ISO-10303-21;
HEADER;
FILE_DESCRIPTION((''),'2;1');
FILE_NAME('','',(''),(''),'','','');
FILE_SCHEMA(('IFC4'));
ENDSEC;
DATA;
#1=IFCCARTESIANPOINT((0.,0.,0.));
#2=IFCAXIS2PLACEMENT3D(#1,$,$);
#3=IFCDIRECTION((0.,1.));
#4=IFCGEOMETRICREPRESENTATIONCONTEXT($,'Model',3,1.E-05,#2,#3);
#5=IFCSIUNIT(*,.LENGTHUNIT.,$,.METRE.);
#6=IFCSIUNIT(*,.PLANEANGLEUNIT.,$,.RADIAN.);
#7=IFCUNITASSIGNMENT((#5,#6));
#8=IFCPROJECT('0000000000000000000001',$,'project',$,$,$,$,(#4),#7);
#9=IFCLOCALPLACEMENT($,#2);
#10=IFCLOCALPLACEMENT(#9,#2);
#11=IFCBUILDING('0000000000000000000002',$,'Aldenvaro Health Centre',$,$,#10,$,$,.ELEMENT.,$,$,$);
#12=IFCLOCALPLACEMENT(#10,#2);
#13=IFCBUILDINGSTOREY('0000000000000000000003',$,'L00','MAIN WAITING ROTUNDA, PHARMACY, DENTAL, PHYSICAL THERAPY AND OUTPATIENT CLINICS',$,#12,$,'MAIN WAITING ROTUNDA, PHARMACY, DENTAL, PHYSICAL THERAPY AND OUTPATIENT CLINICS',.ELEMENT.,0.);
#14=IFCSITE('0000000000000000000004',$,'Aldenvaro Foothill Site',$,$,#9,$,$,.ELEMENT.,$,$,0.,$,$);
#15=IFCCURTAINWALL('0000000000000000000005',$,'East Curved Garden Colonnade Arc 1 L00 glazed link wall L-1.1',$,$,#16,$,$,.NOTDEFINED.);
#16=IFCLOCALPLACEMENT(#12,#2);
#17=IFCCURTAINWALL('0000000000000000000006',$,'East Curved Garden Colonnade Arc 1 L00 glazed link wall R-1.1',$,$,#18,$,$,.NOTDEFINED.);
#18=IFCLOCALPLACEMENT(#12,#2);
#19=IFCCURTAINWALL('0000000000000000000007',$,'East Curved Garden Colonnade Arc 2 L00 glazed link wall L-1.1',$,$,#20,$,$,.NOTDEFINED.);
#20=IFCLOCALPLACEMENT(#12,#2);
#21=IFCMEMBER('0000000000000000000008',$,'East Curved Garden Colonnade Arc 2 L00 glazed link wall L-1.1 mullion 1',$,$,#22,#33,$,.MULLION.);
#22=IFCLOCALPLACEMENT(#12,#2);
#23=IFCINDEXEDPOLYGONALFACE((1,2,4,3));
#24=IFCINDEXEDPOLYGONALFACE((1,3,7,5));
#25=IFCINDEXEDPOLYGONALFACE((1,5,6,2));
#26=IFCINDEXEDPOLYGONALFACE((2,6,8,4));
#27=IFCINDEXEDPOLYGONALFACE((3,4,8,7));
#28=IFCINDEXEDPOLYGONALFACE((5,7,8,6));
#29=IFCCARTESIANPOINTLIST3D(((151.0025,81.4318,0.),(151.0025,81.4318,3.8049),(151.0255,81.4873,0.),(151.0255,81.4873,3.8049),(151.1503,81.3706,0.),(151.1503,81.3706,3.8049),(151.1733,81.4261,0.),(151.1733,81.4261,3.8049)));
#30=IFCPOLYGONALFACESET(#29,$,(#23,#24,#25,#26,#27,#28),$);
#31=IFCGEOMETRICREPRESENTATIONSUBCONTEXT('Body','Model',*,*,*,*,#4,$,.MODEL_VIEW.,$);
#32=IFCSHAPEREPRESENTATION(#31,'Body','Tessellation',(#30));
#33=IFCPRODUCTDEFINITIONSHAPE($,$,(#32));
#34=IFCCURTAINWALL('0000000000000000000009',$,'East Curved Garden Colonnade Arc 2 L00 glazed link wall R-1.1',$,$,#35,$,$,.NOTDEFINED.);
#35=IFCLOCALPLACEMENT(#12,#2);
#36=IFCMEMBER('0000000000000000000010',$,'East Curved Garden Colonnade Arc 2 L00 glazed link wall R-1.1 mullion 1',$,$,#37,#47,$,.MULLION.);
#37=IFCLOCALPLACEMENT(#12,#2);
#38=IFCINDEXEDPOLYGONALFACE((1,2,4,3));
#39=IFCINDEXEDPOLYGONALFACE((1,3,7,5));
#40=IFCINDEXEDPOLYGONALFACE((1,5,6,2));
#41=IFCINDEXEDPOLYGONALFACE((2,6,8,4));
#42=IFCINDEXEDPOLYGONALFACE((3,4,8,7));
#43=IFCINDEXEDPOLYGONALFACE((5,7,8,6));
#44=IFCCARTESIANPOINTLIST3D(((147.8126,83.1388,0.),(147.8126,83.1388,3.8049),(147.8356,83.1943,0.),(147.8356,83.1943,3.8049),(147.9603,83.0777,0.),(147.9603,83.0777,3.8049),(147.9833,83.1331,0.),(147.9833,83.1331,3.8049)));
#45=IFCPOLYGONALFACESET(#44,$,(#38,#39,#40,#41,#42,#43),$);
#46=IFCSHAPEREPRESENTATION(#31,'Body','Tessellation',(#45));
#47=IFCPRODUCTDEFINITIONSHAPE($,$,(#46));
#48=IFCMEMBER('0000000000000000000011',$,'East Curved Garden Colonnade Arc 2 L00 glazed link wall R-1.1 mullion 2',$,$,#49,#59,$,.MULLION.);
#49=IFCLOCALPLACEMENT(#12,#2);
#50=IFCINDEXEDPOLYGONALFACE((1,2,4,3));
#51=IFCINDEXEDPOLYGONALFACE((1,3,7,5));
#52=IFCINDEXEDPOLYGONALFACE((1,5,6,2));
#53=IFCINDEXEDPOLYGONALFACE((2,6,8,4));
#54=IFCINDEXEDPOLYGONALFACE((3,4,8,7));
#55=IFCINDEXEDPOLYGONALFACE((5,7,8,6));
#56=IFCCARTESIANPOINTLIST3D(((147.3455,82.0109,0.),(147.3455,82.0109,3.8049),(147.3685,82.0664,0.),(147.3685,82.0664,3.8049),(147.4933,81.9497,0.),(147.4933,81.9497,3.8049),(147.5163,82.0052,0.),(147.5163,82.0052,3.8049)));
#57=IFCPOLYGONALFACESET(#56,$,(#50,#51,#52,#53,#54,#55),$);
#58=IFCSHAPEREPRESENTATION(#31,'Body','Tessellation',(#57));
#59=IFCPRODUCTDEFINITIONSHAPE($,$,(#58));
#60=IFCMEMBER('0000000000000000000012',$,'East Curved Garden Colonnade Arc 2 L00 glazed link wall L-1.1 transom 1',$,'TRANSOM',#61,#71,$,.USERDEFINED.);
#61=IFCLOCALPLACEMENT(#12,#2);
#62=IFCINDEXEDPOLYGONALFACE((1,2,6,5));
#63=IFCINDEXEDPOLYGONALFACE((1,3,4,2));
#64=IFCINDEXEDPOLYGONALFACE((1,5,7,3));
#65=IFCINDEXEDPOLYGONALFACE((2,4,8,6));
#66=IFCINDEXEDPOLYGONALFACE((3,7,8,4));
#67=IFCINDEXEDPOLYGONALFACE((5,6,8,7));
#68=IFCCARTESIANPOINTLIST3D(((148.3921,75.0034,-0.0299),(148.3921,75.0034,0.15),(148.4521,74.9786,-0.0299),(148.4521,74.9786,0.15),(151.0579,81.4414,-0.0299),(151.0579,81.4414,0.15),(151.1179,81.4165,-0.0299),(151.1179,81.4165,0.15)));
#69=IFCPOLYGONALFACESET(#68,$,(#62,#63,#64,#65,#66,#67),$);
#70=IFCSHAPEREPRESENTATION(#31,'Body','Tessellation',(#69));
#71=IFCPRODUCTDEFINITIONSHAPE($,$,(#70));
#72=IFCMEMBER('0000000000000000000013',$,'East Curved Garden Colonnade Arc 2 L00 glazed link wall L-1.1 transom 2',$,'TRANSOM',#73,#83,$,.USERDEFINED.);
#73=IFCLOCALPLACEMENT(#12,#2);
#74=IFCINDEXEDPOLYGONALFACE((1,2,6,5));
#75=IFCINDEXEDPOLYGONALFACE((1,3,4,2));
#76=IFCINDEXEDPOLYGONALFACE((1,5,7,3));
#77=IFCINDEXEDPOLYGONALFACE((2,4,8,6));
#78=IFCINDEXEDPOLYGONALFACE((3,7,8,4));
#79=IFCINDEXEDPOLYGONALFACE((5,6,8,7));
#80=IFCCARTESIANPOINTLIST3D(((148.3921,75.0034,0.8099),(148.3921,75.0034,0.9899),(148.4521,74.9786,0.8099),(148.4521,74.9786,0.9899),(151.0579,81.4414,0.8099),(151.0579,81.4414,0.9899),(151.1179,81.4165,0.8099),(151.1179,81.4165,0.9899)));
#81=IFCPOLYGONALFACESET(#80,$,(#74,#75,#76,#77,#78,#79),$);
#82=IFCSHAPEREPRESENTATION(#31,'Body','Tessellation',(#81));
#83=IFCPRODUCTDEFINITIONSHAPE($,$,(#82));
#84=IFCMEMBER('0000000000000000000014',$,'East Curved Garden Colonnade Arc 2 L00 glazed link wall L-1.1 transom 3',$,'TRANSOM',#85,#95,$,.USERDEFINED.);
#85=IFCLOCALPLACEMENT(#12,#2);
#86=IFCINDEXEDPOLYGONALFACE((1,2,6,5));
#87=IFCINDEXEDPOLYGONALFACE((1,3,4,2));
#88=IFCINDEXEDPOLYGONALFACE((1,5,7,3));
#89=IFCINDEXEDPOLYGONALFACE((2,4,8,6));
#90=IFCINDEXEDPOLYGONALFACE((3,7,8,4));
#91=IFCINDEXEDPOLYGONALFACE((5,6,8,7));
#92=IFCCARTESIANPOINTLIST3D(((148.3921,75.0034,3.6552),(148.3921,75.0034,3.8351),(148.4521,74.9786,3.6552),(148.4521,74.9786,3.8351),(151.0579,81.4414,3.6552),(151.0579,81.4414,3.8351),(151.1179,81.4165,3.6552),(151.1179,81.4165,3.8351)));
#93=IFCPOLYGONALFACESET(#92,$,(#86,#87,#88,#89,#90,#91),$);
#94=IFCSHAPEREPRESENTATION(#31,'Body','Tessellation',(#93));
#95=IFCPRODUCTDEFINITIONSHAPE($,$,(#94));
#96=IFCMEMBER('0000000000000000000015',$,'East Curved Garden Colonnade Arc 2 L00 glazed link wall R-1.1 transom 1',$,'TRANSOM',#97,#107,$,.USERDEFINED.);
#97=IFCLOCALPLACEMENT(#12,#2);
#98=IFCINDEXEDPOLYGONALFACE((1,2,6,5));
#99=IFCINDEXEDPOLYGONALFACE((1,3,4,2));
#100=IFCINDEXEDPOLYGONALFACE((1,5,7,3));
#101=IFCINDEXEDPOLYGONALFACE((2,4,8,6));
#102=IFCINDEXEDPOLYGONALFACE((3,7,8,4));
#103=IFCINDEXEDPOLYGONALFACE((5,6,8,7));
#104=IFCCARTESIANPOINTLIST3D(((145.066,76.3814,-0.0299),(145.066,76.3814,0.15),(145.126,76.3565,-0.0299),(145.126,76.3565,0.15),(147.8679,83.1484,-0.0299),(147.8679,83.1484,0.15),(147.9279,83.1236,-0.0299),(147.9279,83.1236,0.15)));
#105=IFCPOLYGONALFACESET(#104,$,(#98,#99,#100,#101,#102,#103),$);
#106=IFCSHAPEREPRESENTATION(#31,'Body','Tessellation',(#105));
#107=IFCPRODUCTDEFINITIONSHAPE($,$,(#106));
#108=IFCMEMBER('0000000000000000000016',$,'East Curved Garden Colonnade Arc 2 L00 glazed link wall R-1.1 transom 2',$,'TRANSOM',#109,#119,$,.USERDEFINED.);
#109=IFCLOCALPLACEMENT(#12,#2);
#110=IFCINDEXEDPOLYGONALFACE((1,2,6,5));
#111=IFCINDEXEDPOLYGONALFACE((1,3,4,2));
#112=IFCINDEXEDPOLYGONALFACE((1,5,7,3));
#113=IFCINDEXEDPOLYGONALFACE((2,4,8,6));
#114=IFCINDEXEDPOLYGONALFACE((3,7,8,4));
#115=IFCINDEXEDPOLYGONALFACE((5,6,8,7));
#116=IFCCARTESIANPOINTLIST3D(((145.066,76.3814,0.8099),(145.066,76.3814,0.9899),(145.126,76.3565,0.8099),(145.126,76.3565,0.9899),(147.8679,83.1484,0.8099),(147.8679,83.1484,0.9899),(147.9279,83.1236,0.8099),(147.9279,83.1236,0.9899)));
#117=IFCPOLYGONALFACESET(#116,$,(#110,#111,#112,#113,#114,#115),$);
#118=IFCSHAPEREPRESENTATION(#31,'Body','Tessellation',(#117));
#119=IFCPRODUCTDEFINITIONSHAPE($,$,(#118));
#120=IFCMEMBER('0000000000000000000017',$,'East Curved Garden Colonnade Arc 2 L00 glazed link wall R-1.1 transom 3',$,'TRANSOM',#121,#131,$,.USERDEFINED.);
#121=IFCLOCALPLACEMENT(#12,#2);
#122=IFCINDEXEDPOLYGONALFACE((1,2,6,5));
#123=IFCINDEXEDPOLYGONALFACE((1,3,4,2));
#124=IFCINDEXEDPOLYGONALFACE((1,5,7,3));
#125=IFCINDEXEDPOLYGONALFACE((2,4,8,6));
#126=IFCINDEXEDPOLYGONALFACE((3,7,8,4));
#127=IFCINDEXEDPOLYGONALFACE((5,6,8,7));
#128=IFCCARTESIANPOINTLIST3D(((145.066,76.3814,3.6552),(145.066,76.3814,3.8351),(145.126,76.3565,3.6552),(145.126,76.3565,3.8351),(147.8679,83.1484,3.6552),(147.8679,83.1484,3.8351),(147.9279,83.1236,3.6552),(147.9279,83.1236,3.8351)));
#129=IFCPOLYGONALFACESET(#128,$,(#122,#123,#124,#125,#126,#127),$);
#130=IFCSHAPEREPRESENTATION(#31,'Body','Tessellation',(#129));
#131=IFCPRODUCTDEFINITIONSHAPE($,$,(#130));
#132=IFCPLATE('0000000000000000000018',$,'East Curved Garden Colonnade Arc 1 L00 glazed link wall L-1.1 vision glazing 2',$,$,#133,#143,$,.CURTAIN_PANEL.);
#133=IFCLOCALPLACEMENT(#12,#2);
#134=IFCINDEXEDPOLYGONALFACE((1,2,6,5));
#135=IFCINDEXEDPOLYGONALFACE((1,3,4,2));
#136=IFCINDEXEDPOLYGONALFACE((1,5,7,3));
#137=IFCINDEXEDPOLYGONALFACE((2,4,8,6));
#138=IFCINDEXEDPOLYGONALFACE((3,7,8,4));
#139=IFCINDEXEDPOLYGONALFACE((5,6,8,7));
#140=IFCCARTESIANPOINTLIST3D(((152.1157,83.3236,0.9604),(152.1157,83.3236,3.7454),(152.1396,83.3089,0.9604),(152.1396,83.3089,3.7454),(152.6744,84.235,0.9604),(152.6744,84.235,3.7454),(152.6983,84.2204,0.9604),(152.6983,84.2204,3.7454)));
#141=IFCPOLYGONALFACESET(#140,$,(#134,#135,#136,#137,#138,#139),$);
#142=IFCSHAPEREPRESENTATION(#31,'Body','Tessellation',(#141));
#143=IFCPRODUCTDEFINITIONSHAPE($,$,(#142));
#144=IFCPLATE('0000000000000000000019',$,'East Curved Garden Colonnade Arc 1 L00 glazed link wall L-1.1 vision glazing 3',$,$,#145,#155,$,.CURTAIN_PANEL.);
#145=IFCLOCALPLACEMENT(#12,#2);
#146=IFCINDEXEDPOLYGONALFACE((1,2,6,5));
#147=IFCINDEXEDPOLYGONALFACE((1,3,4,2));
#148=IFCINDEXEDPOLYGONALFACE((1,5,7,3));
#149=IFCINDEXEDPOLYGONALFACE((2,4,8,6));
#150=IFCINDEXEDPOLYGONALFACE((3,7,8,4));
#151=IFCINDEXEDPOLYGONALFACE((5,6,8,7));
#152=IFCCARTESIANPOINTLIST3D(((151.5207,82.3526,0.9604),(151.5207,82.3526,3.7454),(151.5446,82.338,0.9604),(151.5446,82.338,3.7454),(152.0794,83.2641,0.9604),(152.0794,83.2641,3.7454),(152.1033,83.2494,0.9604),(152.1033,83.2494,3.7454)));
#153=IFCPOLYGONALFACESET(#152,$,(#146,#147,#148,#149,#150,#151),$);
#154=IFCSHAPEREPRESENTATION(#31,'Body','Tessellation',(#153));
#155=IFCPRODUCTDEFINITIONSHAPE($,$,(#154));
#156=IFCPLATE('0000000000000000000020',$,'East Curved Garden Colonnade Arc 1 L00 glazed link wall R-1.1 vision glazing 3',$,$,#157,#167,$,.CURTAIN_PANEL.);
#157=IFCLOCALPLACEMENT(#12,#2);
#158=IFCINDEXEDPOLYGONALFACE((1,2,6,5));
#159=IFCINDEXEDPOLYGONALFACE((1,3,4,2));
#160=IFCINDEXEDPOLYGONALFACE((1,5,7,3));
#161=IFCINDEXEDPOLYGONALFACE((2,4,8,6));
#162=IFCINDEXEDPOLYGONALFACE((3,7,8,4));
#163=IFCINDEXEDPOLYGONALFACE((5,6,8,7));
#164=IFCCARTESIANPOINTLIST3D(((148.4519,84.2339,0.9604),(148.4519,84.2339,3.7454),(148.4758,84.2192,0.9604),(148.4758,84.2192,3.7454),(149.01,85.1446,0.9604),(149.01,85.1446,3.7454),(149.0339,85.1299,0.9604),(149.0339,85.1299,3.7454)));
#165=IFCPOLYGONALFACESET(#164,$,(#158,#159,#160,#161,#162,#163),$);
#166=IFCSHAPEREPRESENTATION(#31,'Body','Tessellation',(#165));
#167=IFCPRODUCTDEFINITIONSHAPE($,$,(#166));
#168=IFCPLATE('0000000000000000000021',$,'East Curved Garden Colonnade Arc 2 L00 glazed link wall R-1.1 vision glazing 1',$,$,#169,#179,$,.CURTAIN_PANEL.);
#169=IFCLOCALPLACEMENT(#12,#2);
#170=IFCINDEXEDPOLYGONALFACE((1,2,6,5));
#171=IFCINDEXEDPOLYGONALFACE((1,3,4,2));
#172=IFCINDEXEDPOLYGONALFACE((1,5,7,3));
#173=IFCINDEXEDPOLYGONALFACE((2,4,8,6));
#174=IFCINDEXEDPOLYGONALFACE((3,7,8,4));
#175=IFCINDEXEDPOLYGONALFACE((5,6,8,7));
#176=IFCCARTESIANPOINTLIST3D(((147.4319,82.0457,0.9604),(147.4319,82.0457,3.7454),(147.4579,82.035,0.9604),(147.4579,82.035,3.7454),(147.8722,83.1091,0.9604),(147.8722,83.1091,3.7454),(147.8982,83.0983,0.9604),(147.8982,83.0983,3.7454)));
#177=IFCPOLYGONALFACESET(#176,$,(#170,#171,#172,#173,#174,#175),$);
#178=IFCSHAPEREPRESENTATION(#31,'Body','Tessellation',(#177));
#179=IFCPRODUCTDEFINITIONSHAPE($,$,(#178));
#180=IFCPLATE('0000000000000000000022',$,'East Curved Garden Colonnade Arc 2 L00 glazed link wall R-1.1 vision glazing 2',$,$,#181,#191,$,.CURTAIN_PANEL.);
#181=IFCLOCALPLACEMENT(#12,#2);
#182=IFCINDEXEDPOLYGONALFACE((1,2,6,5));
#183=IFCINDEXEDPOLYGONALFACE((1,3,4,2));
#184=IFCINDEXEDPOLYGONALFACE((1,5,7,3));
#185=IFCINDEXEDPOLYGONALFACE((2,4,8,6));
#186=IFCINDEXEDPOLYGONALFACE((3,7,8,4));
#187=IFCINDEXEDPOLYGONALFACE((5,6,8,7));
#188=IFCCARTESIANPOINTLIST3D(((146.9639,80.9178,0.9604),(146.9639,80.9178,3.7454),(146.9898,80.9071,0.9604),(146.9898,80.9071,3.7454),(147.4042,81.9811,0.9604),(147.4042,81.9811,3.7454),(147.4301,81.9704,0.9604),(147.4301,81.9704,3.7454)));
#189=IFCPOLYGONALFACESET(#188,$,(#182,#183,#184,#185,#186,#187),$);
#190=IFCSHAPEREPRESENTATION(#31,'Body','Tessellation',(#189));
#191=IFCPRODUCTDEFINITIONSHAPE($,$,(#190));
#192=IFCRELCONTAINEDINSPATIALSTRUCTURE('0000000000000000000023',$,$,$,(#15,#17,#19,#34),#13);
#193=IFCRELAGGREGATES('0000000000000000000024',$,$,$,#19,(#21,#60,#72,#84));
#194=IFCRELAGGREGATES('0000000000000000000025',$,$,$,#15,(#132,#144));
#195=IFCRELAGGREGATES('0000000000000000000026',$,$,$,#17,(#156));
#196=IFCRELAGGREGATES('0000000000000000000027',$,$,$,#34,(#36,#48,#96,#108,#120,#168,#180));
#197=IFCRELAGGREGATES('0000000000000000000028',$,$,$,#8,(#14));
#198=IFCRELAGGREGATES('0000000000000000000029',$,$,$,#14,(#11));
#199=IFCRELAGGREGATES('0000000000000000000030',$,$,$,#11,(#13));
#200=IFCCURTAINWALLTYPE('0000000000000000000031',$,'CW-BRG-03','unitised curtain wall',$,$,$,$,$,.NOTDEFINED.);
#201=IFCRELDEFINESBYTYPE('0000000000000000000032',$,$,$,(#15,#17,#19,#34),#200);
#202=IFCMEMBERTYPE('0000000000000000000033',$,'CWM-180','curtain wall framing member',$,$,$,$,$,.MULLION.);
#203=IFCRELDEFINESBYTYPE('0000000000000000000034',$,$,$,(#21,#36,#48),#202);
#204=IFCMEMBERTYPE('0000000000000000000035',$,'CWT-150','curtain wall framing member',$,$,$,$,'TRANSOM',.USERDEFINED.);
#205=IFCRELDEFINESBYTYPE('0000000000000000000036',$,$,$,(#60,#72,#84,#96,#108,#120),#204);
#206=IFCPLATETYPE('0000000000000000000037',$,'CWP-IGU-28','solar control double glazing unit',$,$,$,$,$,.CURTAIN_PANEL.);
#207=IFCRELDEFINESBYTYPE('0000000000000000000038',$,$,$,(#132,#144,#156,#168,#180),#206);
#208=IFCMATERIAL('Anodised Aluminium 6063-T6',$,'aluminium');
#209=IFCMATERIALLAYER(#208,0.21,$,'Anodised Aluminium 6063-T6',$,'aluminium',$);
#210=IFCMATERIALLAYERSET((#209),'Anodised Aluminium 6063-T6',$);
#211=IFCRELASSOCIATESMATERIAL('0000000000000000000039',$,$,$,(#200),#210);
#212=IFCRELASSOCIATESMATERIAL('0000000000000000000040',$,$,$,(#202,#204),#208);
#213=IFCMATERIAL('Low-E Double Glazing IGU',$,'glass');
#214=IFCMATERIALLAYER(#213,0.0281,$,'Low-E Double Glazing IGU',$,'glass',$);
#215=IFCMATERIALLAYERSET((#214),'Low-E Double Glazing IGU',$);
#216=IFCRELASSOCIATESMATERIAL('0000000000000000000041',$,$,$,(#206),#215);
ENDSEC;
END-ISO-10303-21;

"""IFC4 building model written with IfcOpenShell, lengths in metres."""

from ifc_helpers import new_model, si_unit, direction, frame, origin, origin_2d, place, context, subcontext, project, spatial, rectangle, extrude, material, layer, layer_set, material_profile, profile_set, type_object, element, aggregate, save


model = new_model("IFC4")

# Units and contexts
model_context = context("Model", 3, precision=1e-05, world=origin(), true_north=direction((0.0, 1.0)))
body_context = subcontext(model_context, "Body", "Model", "MODEL_VIEW")
ifc_project = project(units=[si_unit("LENGTHUNIT", "METRE"), si_unit("PLANEANGLEUNIT", "RADIAN")], contexts=[model_context])

# Site, building, storey
site_placement = place(None, origin())
site = spatial("IfcSite", under=ifc_project, at=site_placement, Name="Aldenvaro Foothill Site", CompositionType="ELEMENT", RefElevation=0.0)
building_placement = place(site_placement, origin())
building = spatial("IfcBuilding", under=site, at=building_placement, Name="Aldenvaro Health Centre", CompositionType="ELEMENT")
storey_placement = place(building_placement, origin())
storey = spatial("IfcBuildingStorey", under=building, at=storey_placement, Name="L00", Description="MAIN WAITING ROTUNDA, PHARMACY, DENTAL, PHYSICAL THERAPY AND OUTPATIENT CLINICS", LongName="MAIN WAITING ROTUNDA, PHARMACY, DENTAL, PHYSICAL THERAPY AND OUTPATIENT CLINICS", CompositionType="ELEMENT", Elevation=0.0)

# Curtain wall
ifc_material_1 = material(Name="Anodised Aluminium 6063-T6", Category="aluminium")
ifc_layer_1 = layer(ifc_material_1, 0.21, Name="Anodised Aluminium 6063-T6", Category="aluminium")
ifc_layer_set_1 = layer_set([ifc_layer_1], Name="Anodised Aluminium 6063-T6")
curtain_wall_type = type_object("IfcCurtainWallType", Name="CW-BRG-03", Description="unitised curtain wall", PredefinedType="NOTDEFINED", material=ifc_layer_set_1)
curtain_wall_1_placement = place(storey_placement, origin())
curtain_wall_1 = element("IfcCurtainWall", 1, at=curtain_wall_1_placement, inside=storey, type_object=curtain_wall_type, Name="East Curved Garden Colonnade Arc 1 L00 glazed link wall L-1.1", PredefinedType="NOTDEFINED")
ifc_material_profile_1 = material_profile(ifc_material_1, rectangle(XDim=0.0601, YDim=0.1599, at=origin_2d()), Name="ALU 60x160", Category="aluminium")
ifc_profile_set_1 = profile_set([ifc_material_profile_1], Name="Anodised Aluminium 6063-T6")
member_type_1 = type_object("IfcMemberType", Name="CWM-180", Description="curtain wall framing member", PredefinedType="MULLION", material=ifc_profile_set_1)

# Curtain walls, member
curtain_wall_2_placement = place(storey_placement, origin())
curtain_wall_2 = element("IfcCurtainWall", 2, at=curtain_wall_2_placement, inside=storey, type_object=curtain_wall_type, Name="East Curved Garden Colonnade Arc 1 L00 glazed link wall R-1.1", PredefinedType="NOTDEFINED")
curtain_wall_3_placement = place(storey_placement, origin())
curtain_wall_3 = element("IfcCurtainWall", 3, at=curtain_wall_3_placement, inside=storey, type_object=curtain_wall_type, Name="East Curved Garden Colonnade Arc 2 L00 glazed link wall L-1.1", PredefinedType="NOTDEFINED")
member_1_placement = place(storey_placement, frame((151.0879, 81.429, 0.0), z_axis=(0.0, 0.0, 1.0), x_axis=(-0.382597, -0.923915, 0.0)))
member_1 = element("IfcMember", 4, at=member_1_placement, type_object=member_type_1, Name="East Curved Garden Colonnade Arc 2 L00 glazed link wall L-1.1 mullion 1", PredefinedType="MULLION", context=body_context, shape_type="SweptSolid", body=[
    extrude(rectangle(XDim=0.0601, YDim=0.1599, at=origin_2d()), origin(), (0.0, 0.0, 1.0), 3.8049),
])

# Curtain wall, members
curtain_wall_4_placement = place(storey_placement, origin())
curtain_wall_4 = element("IfcCurtainWall", 5, at=curtain_wall_4_placement, inside=storey, type_object=curtain_wall_type, Name="East Curved Garden Colonnade Arc 2 L00 glazed link wall R-1.1", PredefinedType="NOTDEFINED")
member_2_placement = place(storey_placement, frame((147.8979, 83.136, 0.0), z_axis=(0.0, 0.0, 1.0), x_axis=(-0.382569, -0.923927, 0.0)))
member_2 = element("IfcMember", 6, at=member_2_placement, type_object=member_type_1, Name="East Curved Garden Colonnade Arc 2 L00 glazed link wall R-1.1 mullion 1", PredefinedType="MULLION", context=body_context, shape_type="SweptSolid", body=[
    extrude(rectangle(XDim=0.0601, YDim=0.1599, at=origin_2d()), origin(), (0.0, 0.0, 1.0), 3.8049),
])
member_3_placement = place(storey_placement, frame((147.4309, 82.0081, 0.0), z_axis=(0.0, 0.0, 1.0), x_axis=(-0.382569, -0.923927, 0.0)))
member_3 = element("IfcMember", 7, at=member_3_placement, type_object=member_type_1, Name="East Curved Garden Colonnade Arc 2 L00 glazed link wall R-1.1 mullion 2", PredefinedType="MULLION", context=body_context, shape_type="SweptSolid", body=[
    extrude(rectangle(XDim=0.0601, YDim=0.1599, at=origin_2d()), origin(), (0.0, 0.0, 1.0), 3.8049),
])

# Members
ifc_material_profile_2 = material_profile(ifc_material_1, rectangle(XDim=0.0649, YDim=0.1799, at=origin_2d()), Name="ALU 65x180", Category="aluminium")
ifc_profile_set_2 = profile_set([ifc_material_profile_2], Name="Anodised Aluminium 6063-T6")
member_type_2 = type_object("IfcMemberType", Name="CWT-150", Description="curtain wall framing member", ElementType="TRANSOM", PredefinedType="USERDEFINED", material=ifc_profile_set_2)
member_4_placement = place(storey_placement, frame((151.0879, 81.429, 0.0601), z_axis=(-0.382569, -0.923927, 0.0), x_axis=(0.923927, -0.382569, 0.0)))
member_4 = element("IfcMember", 8, at=member_4_placement, type_object=member_type_2, Name="East Curved Garden Colonnade Arc 2 L00 glazed link wall L-1.1 transom 1", ObjectType="TRANSOM", PredefinedType="USERDEFINED", context=body_context, shape_type="SweptSolid", body=[
    extrude(rectangle(XDim=0.0649, YDim=0.1799, at=origin_2d()), origin(), (0.0, 0.0, 1.0), 6.968),
])
member_5_placement = place(storey_placement, frame((151.0879, 81.429, 0.8999), z_axis=(-0.382569, -0.923927, 0.0), x_axis=(0.923927, -0.382569, 0.0)))
member_5 = element("IfcMember", 9, at=member_5_placement, type_object=member_type_2, Name="East Curved Garden Colonnade Arc 2 L00 glazed link wall L-1.1 transom 2", ObjectType="TRANSOM", PredefinedType="USERDEFINED", context=body_context, shape_type="SweptSolid", body=[
    extrude(rectangle(XDim=0.0649, YDim=0.1799, at=origin_2d()), origin(), (0.0, 0.0, 1.0), 6.968),
])
member_6_placement = place(storey_placement, frame((151.0879, 81.429, 3.7451), z_axis=(-0.382569, -0.923927, 0.0), x_axis=(0.923927, -0.382569, 0.0)))
member_6 = element("IfcMember", 10, at=member_6_placement, type_object=member_type_2, Name="East Curved Garden Colonnade Arc 2 L00 glazed link wall L-1.1 transom 3", ObjectType="TRANSOM", PredefinedType="USERDEFINED", context=body_context, shape_type="SweptSolid", body=[
    extrude(rectangle(XDim=0.0649, YDim=0.1799, at=origin_2d()), origin(), (0.0, 0.0, 1.0), 6.968),
])
aggregate(curtain_wall_3, [member_1, member_4, member_5, member_6])
member_7_placement = place(storey_placement, frame((147.8979, 83.136, 0.0601), z_axis=(-0.382565, -0.923929, 0.0), x_axis=(0.923929, -0.382565, 0.0)))
member_7 = element("IfcMember", 11, at=member_7_placement, type_object=member_type_2, Name="East Curved Garden Colonnade Arc 2 L00 glazed link wall R-1.1 transom 1", ObjectType="TRANSOM", PredefinedType="USERDEFINED", context=body_context, shape_type="SweptSolid", body=[
    extrude(rectangle(XDim=0.0649, YDim=0.1799, at=origin_2d()), origin(), (0.0, 0.0, 1.0), 7.3242),
])
member_8_placement = place(storey_placement, frame((147.8979, 83.136, 0.8999), z_axis=(-0.382565, -0.923929, 0.0), x_axis=(0.923929, -0.382565, 0.0)))
member_8 = element("IfcMember", 12, at=member_8_placement, type_object=member_type_2, Name="East Curved Garden Colonnade Arc 2 L00 glazed link wall R-1.1 transom 2", ObjectType="TRANSOM", PredefinedType="USERDEFINED", context=body_context, shape_type="SweptSolid", body=[
    extrude(rectangle(XDim=0.0649, YDim=0.1799, at=origin_2d()), origin(), (0.0, 0.0, 1.0), 7.3242),
])
member_9_placement = place(storey_placement, frame((147.8979, 83.136, 3.7451), z_axis=(-0.382565, -0.923929, 0.0), x_axis=(0.923929, -0.382565, 0.0)))
member_9 = element("IfcMember", 13, at=member_9_placement, type_object=member_type_2, Name="East Curved Garden Colonnade Arc 2 L00 glazed link wall R-1.1 transom 3", ObjectType="TRANSOM", PredefinedType="USERDEFINED", context=body_context, shape_type="SweptSolid", body=[
    extrude(rectangle(XDim=0.0649, YDim=0.1799, at=origin_2d()), origin(), (0.0, 0.0, 1.0), 7.3242),
])

# Plates
ifc_material_2 = material(Name="Low-E Double Glazing IGU", Category="glass")
ifc_layer_2 = layer(ifc_material_2, 0.0281, Name="Low-E Double Glazing IGU", Category="glass")
ifc_layer_set_2 = layer_set([ifc_layer_2], Name="Low-E Double Glazing IGU")
plate_type_1 = type_object("IfcPlateType", Name="CWP-IGU-28", Description="solar control double glazing unit", PredefinedType="CURTAIN_PANEL", material=ifc_layer_set_2)
plate_1_placement = place(storey_placement, frame((152.407, 83.772, 0.9604), z_axis=(0.0, 0.0, 1.0), x_axis=(-0.52261, -0.852572, 0.0)))
plate_1 = element("IfcPlate", 14, at=plate_1_placement, type_object=plate_type_1, Name="East Curved Garden Colonnade Arc 1 L00 glazed link wall L-1.1 vision glazing 2", PredefinedType="CURTAIN_PANEL", context=body_context, shape_type="SweptSolid", body=[
    extrude(rectangle(XDim=1.0691, YDim=0.0281, at=origin_2d()), origin(), (0.0, 0.0, 1.0), 2.7849),
])
plate_2_placement = place(storey_placement, frame((151.812, 82.801, 0.9604), z_axis=(0.0, 0.0, 1.0), x_axis=(-0.52261, -0.852572, 0.0)))
plate_2 = element("IfcPlate", 15, at=plate_2_placement, type_object=plate_type_1, Name="East Curved Garden Colonnade Arc 1 L00 glazed link wall L-1.1 vision glazing 3", PredefinedType="CURTAIN_PANEL", context=body_context, shape_type="SweptSolid", body=[
    extrude(rectangle(XDim=1.0691, YDim=0.0281, at=origin_2d()), origin(), (0.0, 0.0, 1.0), 2.7849),
])
plate_3_placement = place(storey_placement, frame((148.7429, 84.6819, 0.9604), z_axis=(0.0, 0.0, 1.0), x_axis=(-0.522528, -0.852622, 0.0)))
plate_3 = element("IfcPlate", 16, at=plate_3_placement, type_object=plate_type_1, Name="East Curved Garden Colonnade Arc 1 L00 glazed link wall R-1.1 vision glazing 3", PredefinedType="CURTAIN_PANEL", context=body_context, shape_type="SweptSolid", body=[
    extrude(rectangle(XDim=1.0681, YDim=0.0281, at=origin_2d()), origin(), (0.0, 0.0, 1.0), 2.7849),
])
plate_4_placement = place(storey_placement, frame((147.665, 82.572, 0.9604), z_axis=(0.0, 0.0, 1.0), x_axis=(-0.382569, -0.923927, 0.0)))
plate_4 = element("IfcPlate", 17, at=plate_4_placement, type_object=plate_type_1, Name="East Curved Garden Colonnade Arc 2 L00 glazed link wall R-1.1 vision glazing 1", PredefinedType="CURTAIN_PANEL", context=body_context, shape_type="SweptSolid", body=[
    extrude(rectangle(XDim=1.1509, YDim=0.0281, at=origin_2d()), origin(), (0.0, 0.0, 1.0), 2.7849),
])
plate_5_placement = place(storey_placement, frame((147.197, 81.4441, 0.9604), z_axis=(0.0, 0.0, 1.0), x_axis=(-0.382569, -0.923927, 0.0)))
plate_5 = element("IfcPlate", 18, at=plate_5_placement, type_object=plate_type_1, Name="East Curved Garden Colonnade Arc 2 L00 glazed link wall R-1.1 vision glazing 2", PredefinedType="CURTAIN_PANEL", context=body_context, shape_type="SweptSolid", body=[
    extrude(rectangle(XDim=1.1509, YDim=0.0281, at=origin_2d()), origin(), (0.0, 0.0, 1.0), 2.7849),
])
aggregate(curtain_wall_1, [plate_1, plate_2])
aggregate(curtain_wall_2, [plate_3])
aggregate(curtain_wall_4, [member_2, member_3, member_7, member_8, member_9, plate_4, plate_5])

save(model, "model.ifc")
